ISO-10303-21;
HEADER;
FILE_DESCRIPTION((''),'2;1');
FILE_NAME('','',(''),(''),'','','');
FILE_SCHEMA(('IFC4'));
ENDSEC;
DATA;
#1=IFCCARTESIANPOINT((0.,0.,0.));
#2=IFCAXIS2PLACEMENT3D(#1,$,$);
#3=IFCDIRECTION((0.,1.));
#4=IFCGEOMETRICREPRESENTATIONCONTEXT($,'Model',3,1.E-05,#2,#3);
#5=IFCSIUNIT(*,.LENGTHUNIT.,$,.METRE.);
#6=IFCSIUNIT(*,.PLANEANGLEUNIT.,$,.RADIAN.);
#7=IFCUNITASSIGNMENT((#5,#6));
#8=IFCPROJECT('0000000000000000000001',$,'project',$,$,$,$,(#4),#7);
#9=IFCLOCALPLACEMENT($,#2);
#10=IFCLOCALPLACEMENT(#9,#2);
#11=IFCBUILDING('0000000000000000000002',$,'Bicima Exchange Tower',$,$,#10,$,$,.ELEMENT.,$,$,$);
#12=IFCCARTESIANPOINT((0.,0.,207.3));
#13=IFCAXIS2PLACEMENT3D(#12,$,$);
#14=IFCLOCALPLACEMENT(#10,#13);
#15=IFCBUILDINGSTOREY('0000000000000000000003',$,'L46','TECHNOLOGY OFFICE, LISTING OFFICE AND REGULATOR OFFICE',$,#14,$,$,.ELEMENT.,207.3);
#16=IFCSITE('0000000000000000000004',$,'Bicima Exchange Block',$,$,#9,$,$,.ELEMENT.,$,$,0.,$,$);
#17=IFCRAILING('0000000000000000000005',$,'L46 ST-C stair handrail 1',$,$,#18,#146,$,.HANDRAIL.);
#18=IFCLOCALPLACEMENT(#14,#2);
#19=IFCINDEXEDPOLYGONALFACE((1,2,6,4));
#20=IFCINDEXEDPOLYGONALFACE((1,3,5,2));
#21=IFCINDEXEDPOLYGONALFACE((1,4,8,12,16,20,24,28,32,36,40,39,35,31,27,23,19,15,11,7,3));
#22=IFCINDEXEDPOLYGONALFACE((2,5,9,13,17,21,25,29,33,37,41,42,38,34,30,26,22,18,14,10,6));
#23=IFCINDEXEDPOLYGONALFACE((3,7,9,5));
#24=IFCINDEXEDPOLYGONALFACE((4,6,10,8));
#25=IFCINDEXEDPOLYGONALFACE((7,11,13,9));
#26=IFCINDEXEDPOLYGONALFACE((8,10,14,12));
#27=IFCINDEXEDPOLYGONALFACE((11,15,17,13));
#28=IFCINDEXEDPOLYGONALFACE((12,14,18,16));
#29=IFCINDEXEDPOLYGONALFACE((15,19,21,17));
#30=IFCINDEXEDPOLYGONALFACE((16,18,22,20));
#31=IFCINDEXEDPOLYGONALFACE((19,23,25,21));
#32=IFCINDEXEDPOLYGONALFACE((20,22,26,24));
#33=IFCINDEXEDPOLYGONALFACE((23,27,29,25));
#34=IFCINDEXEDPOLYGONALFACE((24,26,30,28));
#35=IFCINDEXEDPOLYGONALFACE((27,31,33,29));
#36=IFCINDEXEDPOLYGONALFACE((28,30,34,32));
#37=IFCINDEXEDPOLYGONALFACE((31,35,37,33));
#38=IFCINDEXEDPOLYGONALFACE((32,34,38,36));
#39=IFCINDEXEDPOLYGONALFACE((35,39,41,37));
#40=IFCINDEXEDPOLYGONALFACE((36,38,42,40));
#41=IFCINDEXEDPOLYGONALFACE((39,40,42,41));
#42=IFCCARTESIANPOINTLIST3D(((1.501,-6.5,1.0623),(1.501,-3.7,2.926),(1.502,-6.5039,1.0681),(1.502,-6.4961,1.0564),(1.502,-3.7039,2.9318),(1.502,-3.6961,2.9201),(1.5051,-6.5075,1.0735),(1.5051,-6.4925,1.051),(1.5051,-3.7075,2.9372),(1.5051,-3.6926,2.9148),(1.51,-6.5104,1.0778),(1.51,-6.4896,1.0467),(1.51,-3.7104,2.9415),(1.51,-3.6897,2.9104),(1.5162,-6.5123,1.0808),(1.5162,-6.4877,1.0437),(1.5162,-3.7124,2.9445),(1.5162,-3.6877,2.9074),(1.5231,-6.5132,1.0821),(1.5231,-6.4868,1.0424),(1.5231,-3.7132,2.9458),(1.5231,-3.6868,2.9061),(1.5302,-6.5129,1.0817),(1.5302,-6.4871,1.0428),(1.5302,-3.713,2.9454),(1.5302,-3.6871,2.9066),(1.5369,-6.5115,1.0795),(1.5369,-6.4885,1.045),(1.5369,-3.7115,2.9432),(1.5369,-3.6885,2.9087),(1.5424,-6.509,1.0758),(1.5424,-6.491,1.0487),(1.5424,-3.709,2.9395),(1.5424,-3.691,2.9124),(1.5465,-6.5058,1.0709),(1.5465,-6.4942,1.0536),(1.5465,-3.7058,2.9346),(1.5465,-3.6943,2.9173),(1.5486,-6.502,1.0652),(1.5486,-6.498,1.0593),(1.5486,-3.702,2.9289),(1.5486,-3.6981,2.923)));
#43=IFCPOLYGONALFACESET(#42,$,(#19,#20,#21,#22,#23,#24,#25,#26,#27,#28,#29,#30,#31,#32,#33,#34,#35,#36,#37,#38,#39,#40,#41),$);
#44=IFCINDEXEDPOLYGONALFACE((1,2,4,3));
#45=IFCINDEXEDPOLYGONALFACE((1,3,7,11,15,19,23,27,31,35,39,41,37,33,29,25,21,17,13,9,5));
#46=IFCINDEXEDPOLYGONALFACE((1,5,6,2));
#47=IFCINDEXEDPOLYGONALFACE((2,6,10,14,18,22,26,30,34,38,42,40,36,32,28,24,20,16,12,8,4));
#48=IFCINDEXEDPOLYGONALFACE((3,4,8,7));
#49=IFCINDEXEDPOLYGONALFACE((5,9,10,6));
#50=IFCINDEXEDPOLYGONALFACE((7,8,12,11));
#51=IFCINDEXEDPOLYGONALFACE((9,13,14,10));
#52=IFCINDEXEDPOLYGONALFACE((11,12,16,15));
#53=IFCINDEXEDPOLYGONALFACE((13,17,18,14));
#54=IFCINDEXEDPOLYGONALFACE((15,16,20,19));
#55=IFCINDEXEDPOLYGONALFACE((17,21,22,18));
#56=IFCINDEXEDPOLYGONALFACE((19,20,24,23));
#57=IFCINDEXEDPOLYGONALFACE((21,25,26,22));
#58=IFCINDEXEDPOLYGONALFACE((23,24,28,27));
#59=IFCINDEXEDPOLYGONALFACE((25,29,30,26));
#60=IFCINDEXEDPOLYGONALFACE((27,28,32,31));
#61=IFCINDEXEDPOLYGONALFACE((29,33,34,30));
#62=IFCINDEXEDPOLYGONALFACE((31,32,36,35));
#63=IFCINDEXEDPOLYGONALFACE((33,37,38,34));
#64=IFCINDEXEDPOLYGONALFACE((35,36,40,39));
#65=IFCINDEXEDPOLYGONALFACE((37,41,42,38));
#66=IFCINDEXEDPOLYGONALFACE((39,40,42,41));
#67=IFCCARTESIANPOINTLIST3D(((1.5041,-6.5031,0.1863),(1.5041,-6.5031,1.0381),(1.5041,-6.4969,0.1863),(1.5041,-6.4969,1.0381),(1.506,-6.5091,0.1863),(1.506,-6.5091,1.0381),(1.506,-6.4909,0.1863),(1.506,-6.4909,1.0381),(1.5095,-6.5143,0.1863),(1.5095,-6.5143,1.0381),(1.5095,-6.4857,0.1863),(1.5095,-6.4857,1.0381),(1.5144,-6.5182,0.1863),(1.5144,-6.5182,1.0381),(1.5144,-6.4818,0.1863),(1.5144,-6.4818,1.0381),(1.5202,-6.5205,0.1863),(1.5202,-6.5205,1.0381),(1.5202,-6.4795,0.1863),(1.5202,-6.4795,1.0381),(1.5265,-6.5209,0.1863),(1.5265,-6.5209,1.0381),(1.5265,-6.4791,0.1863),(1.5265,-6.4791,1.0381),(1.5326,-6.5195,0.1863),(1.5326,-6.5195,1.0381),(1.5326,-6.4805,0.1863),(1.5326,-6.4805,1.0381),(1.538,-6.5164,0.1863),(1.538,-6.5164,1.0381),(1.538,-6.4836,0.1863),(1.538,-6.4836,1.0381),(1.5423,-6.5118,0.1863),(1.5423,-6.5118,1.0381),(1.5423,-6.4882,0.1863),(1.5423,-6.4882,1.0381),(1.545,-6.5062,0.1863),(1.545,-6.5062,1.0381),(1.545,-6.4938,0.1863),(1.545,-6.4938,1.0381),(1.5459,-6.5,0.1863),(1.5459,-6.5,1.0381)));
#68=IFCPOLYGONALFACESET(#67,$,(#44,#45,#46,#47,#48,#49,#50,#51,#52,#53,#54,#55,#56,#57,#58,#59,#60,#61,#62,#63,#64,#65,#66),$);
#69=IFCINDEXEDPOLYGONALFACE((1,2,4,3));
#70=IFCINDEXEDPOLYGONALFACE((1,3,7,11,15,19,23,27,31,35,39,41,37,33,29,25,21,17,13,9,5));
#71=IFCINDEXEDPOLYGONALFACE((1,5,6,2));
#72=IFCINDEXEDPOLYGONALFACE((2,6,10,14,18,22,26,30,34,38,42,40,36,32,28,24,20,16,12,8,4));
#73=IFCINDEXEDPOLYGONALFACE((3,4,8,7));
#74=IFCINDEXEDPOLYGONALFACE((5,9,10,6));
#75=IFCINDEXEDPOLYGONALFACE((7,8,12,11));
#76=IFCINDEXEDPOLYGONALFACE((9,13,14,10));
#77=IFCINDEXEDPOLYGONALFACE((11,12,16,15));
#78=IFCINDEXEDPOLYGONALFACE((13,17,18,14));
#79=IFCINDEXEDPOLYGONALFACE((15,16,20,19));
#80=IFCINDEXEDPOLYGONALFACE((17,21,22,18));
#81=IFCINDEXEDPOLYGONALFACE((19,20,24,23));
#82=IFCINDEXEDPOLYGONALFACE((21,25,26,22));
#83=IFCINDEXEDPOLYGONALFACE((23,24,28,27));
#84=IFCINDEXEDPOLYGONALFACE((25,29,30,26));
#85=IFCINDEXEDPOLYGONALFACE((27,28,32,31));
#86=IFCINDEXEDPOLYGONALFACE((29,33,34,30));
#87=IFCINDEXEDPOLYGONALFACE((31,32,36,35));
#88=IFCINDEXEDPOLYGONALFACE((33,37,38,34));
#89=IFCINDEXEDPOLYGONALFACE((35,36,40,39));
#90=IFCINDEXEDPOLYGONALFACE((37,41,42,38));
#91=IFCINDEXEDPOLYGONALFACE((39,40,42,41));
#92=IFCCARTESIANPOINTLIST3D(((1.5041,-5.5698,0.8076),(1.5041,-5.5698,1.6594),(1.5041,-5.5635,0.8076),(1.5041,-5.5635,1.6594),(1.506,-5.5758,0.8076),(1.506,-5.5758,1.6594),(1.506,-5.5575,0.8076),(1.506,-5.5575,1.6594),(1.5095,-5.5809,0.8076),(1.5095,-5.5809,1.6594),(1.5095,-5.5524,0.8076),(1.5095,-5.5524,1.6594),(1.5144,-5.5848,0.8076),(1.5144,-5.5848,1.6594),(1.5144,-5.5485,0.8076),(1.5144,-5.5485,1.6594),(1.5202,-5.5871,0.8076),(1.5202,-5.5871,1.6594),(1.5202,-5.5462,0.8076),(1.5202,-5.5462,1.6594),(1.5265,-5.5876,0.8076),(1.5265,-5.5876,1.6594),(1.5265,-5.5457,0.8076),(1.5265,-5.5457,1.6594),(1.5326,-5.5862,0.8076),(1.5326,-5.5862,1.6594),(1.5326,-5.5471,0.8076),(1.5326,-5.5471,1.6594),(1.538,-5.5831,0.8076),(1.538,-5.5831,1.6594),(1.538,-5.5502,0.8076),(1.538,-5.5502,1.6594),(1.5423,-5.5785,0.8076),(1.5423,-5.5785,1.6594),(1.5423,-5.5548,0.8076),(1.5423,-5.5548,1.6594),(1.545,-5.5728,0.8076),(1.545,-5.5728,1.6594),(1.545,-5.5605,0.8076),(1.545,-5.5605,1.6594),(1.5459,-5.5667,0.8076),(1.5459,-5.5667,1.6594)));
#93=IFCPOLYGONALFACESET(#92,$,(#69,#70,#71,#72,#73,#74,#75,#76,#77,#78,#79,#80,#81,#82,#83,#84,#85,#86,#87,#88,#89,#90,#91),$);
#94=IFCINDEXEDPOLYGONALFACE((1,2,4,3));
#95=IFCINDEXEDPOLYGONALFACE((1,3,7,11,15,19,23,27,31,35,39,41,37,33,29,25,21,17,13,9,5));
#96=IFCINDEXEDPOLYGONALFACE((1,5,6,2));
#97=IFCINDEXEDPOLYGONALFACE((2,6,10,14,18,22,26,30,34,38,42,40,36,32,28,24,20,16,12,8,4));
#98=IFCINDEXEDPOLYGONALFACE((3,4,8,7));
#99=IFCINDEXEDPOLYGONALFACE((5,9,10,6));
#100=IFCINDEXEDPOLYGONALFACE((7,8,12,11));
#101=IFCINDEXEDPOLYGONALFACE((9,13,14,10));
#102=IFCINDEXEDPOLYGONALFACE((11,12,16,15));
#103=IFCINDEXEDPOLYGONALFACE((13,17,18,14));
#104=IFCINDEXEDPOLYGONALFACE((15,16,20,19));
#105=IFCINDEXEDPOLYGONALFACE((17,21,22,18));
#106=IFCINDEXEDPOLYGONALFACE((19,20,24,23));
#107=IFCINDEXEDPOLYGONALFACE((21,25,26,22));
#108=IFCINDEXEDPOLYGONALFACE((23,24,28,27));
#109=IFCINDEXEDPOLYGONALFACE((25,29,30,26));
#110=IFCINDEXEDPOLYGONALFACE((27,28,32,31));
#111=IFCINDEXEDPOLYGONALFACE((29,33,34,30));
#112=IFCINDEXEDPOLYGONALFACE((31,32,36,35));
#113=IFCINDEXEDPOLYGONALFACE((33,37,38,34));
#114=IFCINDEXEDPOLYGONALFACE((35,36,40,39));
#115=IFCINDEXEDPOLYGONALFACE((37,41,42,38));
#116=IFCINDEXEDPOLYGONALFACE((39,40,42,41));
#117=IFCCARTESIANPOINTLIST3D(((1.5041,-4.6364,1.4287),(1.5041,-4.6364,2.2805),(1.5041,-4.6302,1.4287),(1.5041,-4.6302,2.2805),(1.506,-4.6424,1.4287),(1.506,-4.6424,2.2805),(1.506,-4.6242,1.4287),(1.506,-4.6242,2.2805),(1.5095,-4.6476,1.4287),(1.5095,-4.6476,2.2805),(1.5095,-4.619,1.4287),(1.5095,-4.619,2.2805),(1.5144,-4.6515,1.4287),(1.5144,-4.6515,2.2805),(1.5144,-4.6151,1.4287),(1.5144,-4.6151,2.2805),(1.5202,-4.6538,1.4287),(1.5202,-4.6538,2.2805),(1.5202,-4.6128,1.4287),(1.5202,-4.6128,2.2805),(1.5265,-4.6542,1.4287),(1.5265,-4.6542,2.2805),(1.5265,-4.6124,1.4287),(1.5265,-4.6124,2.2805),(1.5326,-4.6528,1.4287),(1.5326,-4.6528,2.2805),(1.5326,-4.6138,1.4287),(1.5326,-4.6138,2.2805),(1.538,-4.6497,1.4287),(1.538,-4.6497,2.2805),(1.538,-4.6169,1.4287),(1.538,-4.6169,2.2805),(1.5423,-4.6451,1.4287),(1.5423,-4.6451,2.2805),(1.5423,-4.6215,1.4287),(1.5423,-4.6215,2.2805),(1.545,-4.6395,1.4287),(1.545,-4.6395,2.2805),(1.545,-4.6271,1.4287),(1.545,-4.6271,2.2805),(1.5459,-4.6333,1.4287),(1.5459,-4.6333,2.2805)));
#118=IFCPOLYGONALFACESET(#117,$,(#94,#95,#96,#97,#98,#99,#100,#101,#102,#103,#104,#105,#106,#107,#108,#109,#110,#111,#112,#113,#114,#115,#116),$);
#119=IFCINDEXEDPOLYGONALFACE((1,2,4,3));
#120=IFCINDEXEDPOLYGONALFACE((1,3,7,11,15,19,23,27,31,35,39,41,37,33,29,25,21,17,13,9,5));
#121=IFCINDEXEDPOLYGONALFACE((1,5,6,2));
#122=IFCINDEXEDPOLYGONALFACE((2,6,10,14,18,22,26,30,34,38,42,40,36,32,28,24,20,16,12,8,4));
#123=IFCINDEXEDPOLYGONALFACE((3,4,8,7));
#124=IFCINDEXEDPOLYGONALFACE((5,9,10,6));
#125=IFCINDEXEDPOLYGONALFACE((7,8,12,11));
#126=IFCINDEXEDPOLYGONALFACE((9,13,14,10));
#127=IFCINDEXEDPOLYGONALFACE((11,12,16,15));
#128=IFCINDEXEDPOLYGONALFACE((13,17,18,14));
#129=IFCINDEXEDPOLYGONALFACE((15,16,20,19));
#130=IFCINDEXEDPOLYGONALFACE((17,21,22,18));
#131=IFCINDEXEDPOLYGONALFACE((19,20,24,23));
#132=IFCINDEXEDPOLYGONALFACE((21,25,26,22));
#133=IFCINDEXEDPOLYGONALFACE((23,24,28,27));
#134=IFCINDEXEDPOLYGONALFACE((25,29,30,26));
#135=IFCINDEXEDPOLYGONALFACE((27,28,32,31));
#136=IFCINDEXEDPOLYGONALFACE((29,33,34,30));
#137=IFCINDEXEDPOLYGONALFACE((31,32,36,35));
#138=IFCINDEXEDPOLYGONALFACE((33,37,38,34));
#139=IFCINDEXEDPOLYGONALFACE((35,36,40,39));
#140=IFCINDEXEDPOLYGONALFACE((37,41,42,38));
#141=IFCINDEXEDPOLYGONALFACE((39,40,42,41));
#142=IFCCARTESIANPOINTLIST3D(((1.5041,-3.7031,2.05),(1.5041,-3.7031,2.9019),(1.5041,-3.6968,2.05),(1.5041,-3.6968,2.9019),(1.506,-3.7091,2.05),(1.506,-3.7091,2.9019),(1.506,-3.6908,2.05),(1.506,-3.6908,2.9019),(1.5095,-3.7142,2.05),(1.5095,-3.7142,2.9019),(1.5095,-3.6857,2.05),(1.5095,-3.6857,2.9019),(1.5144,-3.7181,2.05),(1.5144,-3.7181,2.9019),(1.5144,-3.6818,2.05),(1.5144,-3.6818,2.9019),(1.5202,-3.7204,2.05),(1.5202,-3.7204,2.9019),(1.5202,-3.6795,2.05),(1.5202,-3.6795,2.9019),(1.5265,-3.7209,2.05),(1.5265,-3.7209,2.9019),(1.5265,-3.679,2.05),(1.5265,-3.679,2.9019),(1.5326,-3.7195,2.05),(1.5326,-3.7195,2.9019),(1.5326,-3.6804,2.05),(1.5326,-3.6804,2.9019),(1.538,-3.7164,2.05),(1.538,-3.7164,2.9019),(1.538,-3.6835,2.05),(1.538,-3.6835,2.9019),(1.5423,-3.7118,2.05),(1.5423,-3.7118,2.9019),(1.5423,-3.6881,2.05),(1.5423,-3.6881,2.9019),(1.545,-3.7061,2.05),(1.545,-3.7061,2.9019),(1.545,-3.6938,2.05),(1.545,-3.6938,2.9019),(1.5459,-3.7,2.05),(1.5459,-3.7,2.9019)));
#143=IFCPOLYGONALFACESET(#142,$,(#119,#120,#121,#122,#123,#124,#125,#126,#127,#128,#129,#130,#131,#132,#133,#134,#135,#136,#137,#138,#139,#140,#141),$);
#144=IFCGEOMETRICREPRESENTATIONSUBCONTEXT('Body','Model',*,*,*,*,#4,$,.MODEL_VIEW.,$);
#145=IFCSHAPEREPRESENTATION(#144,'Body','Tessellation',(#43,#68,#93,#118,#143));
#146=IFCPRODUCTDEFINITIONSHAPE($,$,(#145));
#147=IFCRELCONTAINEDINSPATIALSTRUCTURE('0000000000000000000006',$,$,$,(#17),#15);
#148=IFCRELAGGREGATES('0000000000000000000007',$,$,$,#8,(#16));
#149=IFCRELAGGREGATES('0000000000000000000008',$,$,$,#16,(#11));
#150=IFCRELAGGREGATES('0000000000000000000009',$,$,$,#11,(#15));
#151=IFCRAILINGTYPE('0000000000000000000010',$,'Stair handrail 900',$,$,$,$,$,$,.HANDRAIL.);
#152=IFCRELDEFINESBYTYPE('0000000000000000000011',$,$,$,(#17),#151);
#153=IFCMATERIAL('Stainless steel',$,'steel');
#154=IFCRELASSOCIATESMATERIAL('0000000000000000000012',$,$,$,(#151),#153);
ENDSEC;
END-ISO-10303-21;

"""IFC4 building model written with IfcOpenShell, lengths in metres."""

from ifc_helpers import new_model, si_unit, direction, frame, origin, origin_2d, place, context, subcontext, project, spatial, circle, extrude, material, type_object, element, save


model = new_model("IFC4")

# Units and contexts
model_context = context("Model", 3, precision=1e-05, world=origin(), true_north=direction((0.0, 1.0)))
body_context = subcontext(model_context, "Body", "Model", "MODEL_VIEW")
ifc_project = project(units=[si_unit("LENGTHUNIT", "METRE"), si_unit("PLANEANGLEUNIT", "RADIAN")], contexts=[model_context])

# Site, building, storey
site_placement = place(None, origin())
site = spatial("IfcSite", under=ifc_project, at=site_placement, Name="Bicima Exchange Block", CompositionType="ELEMENT", RefElevation=0.0)
building_placement = place(site_placement, origin())
building = spatial("IfcBuilding", under=site, at=building_placement, Name="Bicima Exchange Tower", CompositionType="ELEMENT")
storey_placement = place(building_placement, frame((0.0, 0.0, 207.3)))
storey = spatial("IfcBuildingStorey", under=building, at=storey_placement, Name="L46", Description="TECHNOLOGY OFFICE, LISTING OFFICE AND REGULATOR OFFICE", CompositionType="ELEMENT", Elevation=207.3)

# Shared definitions
ifc_material_1 = material(Name="Stainless steel", Category="steel")

# Railing
railing_type_1 = type_object("IfcRailingType", Name="Stair handrail 900", PredefinedType="HANDRAIL", material=ifc_material_1)
railing_1_placement = place(storey_placement, frame((1.5249, -6.5, 0.1863)))
element("IfcRailing", 1, at=railing_1_placement, inside=storey, type_object=railing_type_1, Name="L46 ST-C stair handrail 1", PredefinedType="HANDRAIL", context=body_context, shape_type="SweptSolid", body=[
    extrude(circle(Radius=0.0239, at=origin_2d()), frame((0.0, 0.0, 0.876), z_axis=(0.0, 0.832452, 0.554097), x_axis=(-1.0, 0.0, 0.0)), (0.0, 0.0, 1.0), 3.3635),
    extrude(circle(Radius=0.021, at=origin_2d()), origin(), (0.0, 0.0, 1.0), 0.8518),
    extrude(circle(Radius=0.021, at=origin_2d()), frame((0.0, 0.9333, 0.6213)), (0.0, 0.0, 1.0), 0.8518),
    extrude(circle(Radius=0.021, at=origin_2d()), frame((0.0, 1.8667, 1.2424)), (0.0, 0.0, 1.0), 0.8518),
    extrude(circle(Radius=0.021, at=origin_2d()), frame((0.0, 2.8, 1.8638)), (0.0, 0.0, 1.0), 0.8518),
])

save(model, "model.ifc")
